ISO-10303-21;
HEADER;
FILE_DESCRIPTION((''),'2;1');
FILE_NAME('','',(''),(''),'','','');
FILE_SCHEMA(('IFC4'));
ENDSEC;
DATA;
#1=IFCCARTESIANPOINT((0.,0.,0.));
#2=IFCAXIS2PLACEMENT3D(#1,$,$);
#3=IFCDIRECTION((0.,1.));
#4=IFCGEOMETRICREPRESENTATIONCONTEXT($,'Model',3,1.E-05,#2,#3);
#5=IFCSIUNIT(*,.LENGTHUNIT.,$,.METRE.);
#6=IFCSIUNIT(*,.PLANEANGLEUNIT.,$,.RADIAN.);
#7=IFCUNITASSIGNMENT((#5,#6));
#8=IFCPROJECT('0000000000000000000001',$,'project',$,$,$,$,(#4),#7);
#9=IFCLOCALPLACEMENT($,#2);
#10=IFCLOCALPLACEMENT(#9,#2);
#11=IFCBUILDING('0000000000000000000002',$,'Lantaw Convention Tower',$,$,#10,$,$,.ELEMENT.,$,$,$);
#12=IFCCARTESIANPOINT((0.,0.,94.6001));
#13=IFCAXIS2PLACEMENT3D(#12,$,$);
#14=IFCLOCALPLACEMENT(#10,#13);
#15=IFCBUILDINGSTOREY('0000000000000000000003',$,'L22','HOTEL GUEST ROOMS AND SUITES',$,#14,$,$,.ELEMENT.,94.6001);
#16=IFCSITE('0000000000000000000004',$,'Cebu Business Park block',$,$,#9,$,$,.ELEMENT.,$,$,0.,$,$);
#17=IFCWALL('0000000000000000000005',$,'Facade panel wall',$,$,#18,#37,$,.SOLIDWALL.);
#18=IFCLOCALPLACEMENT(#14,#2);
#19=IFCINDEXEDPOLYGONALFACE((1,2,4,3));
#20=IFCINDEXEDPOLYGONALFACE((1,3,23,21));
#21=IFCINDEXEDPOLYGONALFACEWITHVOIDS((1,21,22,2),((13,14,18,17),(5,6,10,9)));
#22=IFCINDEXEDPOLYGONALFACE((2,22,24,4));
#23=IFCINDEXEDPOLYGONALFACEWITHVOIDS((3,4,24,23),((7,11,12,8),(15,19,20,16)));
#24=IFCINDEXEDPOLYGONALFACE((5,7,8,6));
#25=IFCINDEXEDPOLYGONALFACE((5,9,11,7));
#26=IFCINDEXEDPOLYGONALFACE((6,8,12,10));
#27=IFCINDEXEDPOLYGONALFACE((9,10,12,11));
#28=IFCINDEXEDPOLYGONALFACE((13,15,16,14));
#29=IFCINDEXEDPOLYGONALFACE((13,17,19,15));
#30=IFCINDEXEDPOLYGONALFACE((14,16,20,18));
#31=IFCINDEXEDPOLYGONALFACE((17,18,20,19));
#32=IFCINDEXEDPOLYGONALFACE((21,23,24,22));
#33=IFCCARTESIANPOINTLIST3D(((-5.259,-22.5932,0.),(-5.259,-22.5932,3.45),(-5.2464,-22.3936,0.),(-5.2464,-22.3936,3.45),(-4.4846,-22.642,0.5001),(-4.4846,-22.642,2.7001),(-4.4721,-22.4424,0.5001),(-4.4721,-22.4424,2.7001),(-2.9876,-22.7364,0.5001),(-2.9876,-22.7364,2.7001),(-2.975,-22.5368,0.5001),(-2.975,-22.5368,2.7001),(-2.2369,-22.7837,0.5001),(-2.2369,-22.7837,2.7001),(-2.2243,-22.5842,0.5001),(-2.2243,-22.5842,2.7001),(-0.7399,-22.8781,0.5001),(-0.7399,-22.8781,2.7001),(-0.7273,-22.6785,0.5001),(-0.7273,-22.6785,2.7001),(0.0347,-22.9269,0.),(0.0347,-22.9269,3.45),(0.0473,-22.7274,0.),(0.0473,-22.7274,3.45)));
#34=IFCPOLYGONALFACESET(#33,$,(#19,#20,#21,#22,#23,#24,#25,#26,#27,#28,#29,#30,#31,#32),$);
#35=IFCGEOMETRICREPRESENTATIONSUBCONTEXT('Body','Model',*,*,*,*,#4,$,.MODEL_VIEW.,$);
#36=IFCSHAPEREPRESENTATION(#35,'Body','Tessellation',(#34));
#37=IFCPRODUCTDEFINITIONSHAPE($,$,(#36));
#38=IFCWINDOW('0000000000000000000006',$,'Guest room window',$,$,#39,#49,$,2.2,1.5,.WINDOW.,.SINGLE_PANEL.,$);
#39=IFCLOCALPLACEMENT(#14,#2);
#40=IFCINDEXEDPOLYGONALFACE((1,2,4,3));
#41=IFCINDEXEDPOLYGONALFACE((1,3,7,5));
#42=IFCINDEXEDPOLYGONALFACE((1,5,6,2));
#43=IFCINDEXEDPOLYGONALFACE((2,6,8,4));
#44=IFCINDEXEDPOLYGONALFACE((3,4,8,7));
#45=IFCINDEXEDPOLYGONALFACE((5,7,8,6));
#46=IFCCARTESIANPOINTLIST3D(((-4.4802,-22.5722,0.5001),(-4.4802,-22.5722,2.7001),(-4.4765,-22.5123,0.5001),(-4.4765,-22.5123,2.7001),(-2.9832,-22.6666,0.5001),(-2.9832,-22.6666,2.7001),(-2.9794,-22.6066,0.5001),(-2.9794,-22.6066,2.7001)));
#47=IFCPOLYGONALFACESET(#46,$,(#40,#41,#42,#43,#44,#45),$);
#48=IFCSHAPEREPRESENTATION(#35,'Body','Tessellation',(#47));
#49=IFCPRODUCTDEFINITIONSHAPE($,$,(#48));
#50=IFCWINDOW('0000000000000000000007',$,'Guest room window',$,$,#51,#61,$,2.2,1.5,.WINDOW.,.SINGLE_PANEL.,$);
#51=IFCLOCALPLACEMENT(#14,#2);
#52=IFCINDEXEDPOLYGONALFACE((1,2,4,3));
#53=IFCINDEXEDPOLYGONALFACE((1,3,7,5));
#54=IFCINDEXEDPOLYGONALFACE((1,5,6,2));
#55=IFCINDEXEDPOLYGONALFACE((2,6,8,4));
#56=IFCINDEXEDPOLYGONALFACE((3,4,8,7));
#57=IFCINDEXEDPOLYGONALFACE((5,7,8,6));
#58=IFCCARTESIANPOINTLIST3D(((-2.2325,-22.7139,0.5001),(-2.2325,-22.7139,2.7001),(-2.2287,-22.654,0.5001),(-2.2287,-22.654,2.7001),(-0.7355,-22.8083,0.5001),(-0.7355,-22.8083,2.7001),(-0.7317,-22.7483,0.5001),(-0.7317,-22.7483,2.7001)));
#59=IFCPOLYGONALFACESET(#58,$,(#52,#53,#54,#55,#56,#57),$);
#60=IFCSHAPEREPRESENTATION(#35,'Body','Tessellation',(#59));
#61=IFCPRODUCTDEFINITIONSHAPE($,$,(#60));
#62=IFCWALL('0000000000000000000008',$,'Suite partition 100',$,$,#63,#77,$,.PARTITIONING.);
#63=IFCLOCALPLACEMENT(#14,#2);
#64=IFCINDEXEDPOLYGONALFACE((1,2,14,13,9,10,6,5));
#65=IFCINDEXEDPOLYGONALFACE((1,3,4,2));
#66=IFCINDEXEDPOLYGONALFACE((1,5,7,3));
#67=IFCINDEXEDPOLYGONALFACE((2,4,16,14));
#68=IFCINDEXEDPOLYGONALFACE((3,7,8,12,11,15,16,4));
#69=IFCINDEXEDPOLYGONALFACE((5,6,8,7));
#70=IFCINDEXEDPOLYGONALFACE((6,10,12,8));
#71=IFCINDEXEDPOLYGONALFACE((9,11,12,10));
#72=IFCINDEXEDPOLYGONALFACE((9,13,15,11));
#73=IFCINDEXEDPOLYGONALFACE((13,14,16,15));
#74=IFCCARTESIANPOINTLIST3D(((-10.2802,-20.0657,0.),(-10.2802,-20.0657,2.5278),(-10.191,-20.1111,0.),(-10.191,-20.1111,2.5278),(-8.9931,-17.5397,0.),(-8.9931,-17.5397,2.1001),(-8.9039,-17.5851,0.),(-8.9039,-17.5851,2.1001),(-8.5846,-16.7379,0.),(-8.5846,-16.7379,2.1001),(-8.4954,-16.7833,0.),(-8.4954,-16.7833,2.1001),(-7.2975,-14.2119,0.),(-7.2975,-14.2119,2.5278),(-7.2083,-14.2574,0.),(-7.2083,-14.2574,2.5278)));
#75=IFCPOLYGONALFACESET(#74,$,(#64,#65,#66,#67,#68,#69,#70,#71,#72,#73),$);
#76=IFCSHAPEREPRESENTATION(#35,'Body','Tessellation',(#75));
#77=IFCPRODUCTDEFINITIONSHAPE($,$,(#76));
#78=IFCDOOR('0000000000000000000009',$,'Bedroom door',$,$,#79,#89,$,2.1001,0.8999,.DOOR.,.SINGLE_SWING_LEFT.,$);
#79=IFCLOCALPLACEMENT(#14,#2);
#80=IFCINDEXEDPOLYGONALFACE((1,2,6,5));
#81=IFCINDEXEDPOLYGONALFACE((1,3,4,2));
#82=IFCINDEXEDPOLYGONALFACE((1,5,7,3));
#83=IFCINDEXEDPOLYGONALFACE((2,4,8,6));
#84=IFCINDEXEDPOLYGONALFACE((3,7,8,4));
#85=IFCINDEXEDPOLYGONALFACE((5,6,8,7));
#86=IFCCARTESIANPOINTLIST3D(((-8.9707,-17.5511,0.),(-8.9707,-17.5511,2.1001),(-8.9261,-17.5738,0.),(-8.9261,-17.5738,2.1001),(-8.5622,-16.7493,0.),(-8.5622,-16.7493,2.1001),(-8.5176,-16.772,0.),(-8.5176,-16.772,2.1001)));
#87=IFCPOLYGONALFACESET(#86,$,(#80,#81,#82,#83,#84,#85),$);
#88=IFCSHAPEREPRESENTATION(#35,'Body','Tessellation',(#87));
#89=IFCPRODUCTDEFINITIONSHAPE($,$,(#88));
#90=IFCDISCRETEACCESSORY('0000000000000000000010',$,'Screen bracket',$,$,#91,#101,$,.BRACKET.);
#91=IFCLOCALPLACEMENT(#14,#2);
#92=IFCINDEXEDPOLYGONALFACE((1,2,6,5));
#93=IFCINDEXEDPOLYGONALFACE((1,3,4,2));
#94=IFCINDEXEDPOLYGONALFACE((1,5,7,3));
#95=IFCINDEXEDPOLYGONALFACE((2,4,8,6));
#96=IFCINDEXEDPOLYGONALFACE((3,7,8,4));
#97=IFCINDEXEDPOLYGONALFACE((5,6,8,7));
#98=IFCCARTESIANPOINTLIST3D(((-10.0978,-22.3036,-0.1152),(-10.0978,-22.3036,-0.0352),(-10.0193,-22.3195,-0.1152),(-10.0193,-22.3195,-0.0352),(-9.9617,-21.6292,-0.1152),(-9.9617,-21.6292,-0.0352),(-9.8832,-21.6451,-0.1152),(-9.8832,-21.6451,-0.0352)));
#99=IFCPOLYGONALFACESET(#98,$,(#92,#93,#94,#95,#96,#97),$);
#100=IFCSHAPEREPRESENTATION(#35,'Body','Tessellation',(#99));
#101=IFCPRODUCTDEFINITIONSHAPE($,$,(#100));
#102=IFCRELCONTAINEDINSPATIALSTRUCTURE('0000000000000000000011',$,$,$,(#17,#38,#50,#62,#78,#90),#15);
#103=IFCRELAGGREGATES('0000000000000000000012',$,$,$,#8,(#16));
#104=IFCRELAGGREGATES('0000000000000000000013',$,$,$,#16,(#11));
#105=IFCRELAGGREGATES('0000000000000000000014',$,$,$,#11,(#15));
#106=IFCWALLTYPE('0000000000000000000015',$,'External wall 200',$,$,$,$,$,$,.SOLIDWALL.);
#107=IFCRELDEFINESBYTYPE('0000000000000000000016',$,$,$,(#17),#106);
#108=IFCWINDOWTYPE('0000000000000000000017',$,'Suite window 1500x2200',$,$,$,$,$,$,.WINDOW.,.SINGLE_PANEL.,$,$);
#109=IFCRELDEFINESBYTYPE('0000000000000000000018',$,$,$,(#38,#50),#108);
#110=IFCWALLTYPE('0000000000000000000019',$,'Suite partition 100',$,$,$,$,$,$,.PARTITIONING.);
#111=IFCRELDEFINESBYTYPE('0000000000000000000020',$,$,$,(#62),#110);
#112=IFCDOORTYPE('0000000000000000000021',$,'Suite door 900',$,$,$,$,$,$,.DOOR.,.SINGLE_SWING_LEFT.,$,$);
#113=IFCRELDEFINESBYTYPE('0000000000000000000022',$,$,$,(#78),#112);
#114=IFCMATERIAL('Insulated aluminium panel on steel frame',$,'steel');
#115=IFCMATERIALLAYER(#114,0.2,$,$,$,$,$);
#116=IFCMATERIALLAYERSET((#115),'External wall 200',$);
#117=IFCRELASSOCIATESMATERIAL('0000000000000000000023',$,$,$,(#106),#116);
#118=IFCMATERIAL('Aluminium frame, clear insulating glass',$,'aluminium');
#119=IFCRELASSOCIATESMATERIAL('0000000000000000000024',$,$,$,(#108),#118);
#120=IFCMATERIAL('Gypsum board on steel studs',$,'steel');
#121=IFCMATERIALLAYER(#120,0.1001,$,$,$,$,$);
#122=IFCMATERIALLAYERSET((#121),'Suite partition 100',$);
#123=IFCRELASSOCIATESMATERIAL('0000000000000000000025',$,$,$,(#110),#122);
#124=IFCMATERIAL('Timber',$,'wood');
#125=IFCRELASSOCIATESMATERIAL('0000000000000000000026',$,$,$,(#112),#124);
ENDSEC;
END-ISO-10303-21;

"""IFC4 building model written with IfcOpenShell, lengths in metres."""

from ifc_helpers import new_model, si_unit, direction, frame, frame_2d, origin, origin_2d, place, context, subcontext, project, spatial, rectangle, extrude, material, layer, layer_set, type_object, element, fill, save


model = new_model("IFC4")

# Units and contexts
model_context = context("Model", 3, precision=1e-05, world=origin(), true_north=direction((0.0, 1.0)))
body_context = subcontext(model_context, "Body", "Model", "MODEL_VIEW")
ifc_project = project(units=[si_unit("LENGTHUNIT", "METRE"), si_unit("PLANEANGLEUNIT", "RADIAN")], contexts=[model_context])

# Site, building, storey
site_placement = place(None, origin())
site = spatial("IfcSite", under=ifc_project, at=site_placement, Name="Cebu Business Park block", CompositionType="ELEMENT", RefElevation=0.0)
building_placement = place(site_placement, origin())
building = spatial("IfcBuilding", under=site, at=building_placement, Name="Lantaw Convention Tower", CompositionType="ELEMENT")
storey_placement = place(building_placement, frame((0.0, 0.0, 94.6001)))
storey = spatial("IfcBuildingStorey", under=building, at=storey_placement, Name="L22", Description="HOTEL GUEST ROOMS AND SUITES", CompositionType="ELEMENT", Elevation=94.6001)

# Shared definitions
ifc_material_1 = material(Name="Timber", Category="wood")

# Wall, openings, windows
ifc_material_2 = material(Name="Insulated aluminium panel on steel frame", Category="steel")
ifc_layer_1 = layer(ifc_material_2, 0.2)
ifc_layer_set_1 = layer_set([ifc_layer_1], Name="External wall 200")
wall_type_1 = type_object("IfcWallType", Name="External wall 200", PredefinedType="SOLIDWALL", material=ifc_layer_set_1)
ifc_material_3 = material(Name="Aluminium frame, clear insulating glass", Category="aluminium")
window_type = type_object("IfcWindowType", Name="Suite window 1500x2200", PartitioningType="SINGLE_PANEL", PredefinedType="WINDOW", material=ifc_material_3)
wall_1_placement = place(storey_placement, frame((-5.2527, -22.4934, 0.0), z_axis=(0.0, 0.0, 1.0), x_axis=(0.998019, -0.06292, 0.0)))
wall_1 = element("IfcWall", 1, at=wall_1_placement, inside=storey, type_object=wall_type_1, Name="Facade panel wall", PredefinedType="SOLIDWALL", context=body_context, shape_type="SweptSolid", body=[
    extrude(rectangle(XDim=5.3042, YDim=0.2, at=frame_2d((2.6521, 0.0))), origin(), (0.0, 0.0, 1.0), 3.45),
])
opening_1_placement = place(wall_1_placement, frame((0.7759, 0.0, 0.5)))
opening_1 = element("IfcOpeningElement", 2, at=opening_1_placement, cuts=wall_1, PredefinedType="OPENING", context=body_context, shape_type="SweptSolid", body=[
    extrude(rectangle(XDim=1.5, YDim=2.2, at=frame_2d((0.75, 1.1001))), frame((0.0, 0.1099, 0.0), z_axis=(0.0, -1.0, 0.0), x_axis=(1.0, 0.0, 0.0)), (0.0, 0.0, 1.0), 0.22),
])
opening_2_placement = place(wall_1_placement, frame((3.0281, 0.0, 0.5)))
opening_2 = element("IfcOpeningElement", 3, at=opening_2_placement, cuts=wall_1, PredefinedType="OPENING", context=body_context, shape_type="SweptSolid", body=[
    extrude(rectangle(XDim=1.5, YDim=2.2, at=frame_2d((0.75, 1.1001))), frame((0.0, 0.1099, 0.0), z_axis=(0.0, -1.0, 0.0), x_axis=(1.0, 0.0, 0.0)), (0.0, 0.0, 1.0), 0.22),
])
window_1_placement = place(opening_1_placement, origin())
window_1 = element("IfcWindow", 4, at=window_1_placement, inside=storey, type_object=window_type, Name="Guest room window", OverallHeight=2.2, OverallWidth=1.5, PartitioningType="SINGLE_PANEL", PredefinedType="WINDOW", context=body_context, shape_type="SweptSolid", body=[
    extrude(rectangle(XDim=1.5, YDim=2.2, at=frame_2d((0.75, 1.1001))), frame((0.0, 0.03, 0.0), z_axis=(0.0, -1.0, 0.0), x_axis=(1.0, 0.0, 0.0)), (0.0, 0.0, 1.0), 0.0601),
])
fill(opening_1, window_1)
window_2_placement = place(opening_2_placement, origin())
window_2 = element("IfcWindow", 5, at=window_2_placement, inside=storey, type_object=window_type, Name="Guest room window", OverallHeight=2.2, OverallWidth=1.5, PartitioningType="SINGLE_PANEL", PredefinedType="WINDOW", context=body_context, shape_type="SweptSolid", body=[
    extrude(rectangle(XDim=1.5, YDim=2.2, at=frame_2d((0.75, 1.1001))), frame((0.0, 0.03, 0.0), z_axis=(0.0, -1.0, 0.0), x_axis=(1.0, 0.0, 0.0)), (0.0, 0.0, 1.0), 0.0601),
])
fill(opening_2, window_2)

# Wall, opening, door
ifc_material_4 = material(Name="Gypsum board on steel studs", Category="steel")
ifc_layer_2 = layer(ifc_material_4, 0.1001)
ifc_layer_set_2 = layer_set([ifc_layer_2], Name="Suite partition 100")
wall_type_2 = type_object("IfcWallType", Name="Suite partition 100", PredefinedType="PARTITIONING", material=ifc_layer_set_2)
wall_2_placement = place(storey_placement, frame((-10.2356, -20.0884, 0.0), z_axis=(0.0, 0.0, 1.0), x_axis=(0.453994, 0.891005, 0.0)))
wall_2 = element("IfcWall", 6, at=wall_2_placement, inside=storey, type_object=wall_type_2, Name="Suite partition 100", PredefinedType="PARTITIONING", context=body_context, shape_type="SweptSolid", body=[
    extrude(rectangle(XDim=6.5698, YDim=0.1001, at=frame_2d((3.2849, 0.0))), origin(), (0.0, 0.0, 1.0), 2.5278),
])
opening_3_placement = place(wall_2_placement, frame((2.835, 0.0, 0.0)))
opening_3 = element("IfcOpeningElement", 7, at=opening_3_placement, cuts=wall_2, PredefinedType="OPENING", context=body_context, shape_type="SweptSolid", body=[
    extrude(rectangle(XDim=0.8999, YDim=2.1001, at=frame_2d((0.45, 1.05))), frame((0.0, 0.0601, 0.0), z_axis=(0.0, -1.0, 0.0), x_axis=(1.0, 0.0, 0.0)), (0.0, 0.0, 1.0), 0.1201),
])
door_type_1 = type_object("IfcDoorType", Name="Suite door 900", OperationType="SINGLE_SWING_LEFT", PredefinedType="DOOR", material=ifc_material_1)
door_1_placement = place(opening_3_placement, origin())
door_1 = element("IfcDoor", 8, at=door_1_placement, inside=storey, type_object=door_type_1, Name="Bedroom door", OperationType="SINGLE_SWING_LEFT", OverallHeight=2.1001, OverallWidth=0.8999, PredefinedType="DOOR", context=body_context, shape_type="SweptSolid", body=[
    extrude(rectangle(XDim=0.8999, YDim=2.1001, at=frame_2d((0.45, 1.05))), frame((0.0, 0.0249, 0.0), z_axis=(0.0, -1.0, 0.0), x_axis=(1.0, 0.0, 0.0)), (0.0, 0.0, 1.0), 0.05),
])
fill(opening_3, door_1)

# Discrete accessory
discrete_accessory_placement = place(storey_placement, frame((-9.9905, -21.9744, -0.1152), z_axis=(0.0, 0.0, 1.0), x_axis=(0.980245, -0.197789, 0.0)))
element("IfcDiscreteAccessory", 9, at=discrete_accessory_placement, inside=storey, Name="Screen bracket", PredefinedType="BRACKET", context=body_context, shape_type="SweptSolid", body=[
    extrude(rectangle(XDim=0.0801, YDim=0.688, at=origin_2d()), origin(), (0.0, 0.0, 1.0), 0.0801),
])

save(model, "model.ifc")
